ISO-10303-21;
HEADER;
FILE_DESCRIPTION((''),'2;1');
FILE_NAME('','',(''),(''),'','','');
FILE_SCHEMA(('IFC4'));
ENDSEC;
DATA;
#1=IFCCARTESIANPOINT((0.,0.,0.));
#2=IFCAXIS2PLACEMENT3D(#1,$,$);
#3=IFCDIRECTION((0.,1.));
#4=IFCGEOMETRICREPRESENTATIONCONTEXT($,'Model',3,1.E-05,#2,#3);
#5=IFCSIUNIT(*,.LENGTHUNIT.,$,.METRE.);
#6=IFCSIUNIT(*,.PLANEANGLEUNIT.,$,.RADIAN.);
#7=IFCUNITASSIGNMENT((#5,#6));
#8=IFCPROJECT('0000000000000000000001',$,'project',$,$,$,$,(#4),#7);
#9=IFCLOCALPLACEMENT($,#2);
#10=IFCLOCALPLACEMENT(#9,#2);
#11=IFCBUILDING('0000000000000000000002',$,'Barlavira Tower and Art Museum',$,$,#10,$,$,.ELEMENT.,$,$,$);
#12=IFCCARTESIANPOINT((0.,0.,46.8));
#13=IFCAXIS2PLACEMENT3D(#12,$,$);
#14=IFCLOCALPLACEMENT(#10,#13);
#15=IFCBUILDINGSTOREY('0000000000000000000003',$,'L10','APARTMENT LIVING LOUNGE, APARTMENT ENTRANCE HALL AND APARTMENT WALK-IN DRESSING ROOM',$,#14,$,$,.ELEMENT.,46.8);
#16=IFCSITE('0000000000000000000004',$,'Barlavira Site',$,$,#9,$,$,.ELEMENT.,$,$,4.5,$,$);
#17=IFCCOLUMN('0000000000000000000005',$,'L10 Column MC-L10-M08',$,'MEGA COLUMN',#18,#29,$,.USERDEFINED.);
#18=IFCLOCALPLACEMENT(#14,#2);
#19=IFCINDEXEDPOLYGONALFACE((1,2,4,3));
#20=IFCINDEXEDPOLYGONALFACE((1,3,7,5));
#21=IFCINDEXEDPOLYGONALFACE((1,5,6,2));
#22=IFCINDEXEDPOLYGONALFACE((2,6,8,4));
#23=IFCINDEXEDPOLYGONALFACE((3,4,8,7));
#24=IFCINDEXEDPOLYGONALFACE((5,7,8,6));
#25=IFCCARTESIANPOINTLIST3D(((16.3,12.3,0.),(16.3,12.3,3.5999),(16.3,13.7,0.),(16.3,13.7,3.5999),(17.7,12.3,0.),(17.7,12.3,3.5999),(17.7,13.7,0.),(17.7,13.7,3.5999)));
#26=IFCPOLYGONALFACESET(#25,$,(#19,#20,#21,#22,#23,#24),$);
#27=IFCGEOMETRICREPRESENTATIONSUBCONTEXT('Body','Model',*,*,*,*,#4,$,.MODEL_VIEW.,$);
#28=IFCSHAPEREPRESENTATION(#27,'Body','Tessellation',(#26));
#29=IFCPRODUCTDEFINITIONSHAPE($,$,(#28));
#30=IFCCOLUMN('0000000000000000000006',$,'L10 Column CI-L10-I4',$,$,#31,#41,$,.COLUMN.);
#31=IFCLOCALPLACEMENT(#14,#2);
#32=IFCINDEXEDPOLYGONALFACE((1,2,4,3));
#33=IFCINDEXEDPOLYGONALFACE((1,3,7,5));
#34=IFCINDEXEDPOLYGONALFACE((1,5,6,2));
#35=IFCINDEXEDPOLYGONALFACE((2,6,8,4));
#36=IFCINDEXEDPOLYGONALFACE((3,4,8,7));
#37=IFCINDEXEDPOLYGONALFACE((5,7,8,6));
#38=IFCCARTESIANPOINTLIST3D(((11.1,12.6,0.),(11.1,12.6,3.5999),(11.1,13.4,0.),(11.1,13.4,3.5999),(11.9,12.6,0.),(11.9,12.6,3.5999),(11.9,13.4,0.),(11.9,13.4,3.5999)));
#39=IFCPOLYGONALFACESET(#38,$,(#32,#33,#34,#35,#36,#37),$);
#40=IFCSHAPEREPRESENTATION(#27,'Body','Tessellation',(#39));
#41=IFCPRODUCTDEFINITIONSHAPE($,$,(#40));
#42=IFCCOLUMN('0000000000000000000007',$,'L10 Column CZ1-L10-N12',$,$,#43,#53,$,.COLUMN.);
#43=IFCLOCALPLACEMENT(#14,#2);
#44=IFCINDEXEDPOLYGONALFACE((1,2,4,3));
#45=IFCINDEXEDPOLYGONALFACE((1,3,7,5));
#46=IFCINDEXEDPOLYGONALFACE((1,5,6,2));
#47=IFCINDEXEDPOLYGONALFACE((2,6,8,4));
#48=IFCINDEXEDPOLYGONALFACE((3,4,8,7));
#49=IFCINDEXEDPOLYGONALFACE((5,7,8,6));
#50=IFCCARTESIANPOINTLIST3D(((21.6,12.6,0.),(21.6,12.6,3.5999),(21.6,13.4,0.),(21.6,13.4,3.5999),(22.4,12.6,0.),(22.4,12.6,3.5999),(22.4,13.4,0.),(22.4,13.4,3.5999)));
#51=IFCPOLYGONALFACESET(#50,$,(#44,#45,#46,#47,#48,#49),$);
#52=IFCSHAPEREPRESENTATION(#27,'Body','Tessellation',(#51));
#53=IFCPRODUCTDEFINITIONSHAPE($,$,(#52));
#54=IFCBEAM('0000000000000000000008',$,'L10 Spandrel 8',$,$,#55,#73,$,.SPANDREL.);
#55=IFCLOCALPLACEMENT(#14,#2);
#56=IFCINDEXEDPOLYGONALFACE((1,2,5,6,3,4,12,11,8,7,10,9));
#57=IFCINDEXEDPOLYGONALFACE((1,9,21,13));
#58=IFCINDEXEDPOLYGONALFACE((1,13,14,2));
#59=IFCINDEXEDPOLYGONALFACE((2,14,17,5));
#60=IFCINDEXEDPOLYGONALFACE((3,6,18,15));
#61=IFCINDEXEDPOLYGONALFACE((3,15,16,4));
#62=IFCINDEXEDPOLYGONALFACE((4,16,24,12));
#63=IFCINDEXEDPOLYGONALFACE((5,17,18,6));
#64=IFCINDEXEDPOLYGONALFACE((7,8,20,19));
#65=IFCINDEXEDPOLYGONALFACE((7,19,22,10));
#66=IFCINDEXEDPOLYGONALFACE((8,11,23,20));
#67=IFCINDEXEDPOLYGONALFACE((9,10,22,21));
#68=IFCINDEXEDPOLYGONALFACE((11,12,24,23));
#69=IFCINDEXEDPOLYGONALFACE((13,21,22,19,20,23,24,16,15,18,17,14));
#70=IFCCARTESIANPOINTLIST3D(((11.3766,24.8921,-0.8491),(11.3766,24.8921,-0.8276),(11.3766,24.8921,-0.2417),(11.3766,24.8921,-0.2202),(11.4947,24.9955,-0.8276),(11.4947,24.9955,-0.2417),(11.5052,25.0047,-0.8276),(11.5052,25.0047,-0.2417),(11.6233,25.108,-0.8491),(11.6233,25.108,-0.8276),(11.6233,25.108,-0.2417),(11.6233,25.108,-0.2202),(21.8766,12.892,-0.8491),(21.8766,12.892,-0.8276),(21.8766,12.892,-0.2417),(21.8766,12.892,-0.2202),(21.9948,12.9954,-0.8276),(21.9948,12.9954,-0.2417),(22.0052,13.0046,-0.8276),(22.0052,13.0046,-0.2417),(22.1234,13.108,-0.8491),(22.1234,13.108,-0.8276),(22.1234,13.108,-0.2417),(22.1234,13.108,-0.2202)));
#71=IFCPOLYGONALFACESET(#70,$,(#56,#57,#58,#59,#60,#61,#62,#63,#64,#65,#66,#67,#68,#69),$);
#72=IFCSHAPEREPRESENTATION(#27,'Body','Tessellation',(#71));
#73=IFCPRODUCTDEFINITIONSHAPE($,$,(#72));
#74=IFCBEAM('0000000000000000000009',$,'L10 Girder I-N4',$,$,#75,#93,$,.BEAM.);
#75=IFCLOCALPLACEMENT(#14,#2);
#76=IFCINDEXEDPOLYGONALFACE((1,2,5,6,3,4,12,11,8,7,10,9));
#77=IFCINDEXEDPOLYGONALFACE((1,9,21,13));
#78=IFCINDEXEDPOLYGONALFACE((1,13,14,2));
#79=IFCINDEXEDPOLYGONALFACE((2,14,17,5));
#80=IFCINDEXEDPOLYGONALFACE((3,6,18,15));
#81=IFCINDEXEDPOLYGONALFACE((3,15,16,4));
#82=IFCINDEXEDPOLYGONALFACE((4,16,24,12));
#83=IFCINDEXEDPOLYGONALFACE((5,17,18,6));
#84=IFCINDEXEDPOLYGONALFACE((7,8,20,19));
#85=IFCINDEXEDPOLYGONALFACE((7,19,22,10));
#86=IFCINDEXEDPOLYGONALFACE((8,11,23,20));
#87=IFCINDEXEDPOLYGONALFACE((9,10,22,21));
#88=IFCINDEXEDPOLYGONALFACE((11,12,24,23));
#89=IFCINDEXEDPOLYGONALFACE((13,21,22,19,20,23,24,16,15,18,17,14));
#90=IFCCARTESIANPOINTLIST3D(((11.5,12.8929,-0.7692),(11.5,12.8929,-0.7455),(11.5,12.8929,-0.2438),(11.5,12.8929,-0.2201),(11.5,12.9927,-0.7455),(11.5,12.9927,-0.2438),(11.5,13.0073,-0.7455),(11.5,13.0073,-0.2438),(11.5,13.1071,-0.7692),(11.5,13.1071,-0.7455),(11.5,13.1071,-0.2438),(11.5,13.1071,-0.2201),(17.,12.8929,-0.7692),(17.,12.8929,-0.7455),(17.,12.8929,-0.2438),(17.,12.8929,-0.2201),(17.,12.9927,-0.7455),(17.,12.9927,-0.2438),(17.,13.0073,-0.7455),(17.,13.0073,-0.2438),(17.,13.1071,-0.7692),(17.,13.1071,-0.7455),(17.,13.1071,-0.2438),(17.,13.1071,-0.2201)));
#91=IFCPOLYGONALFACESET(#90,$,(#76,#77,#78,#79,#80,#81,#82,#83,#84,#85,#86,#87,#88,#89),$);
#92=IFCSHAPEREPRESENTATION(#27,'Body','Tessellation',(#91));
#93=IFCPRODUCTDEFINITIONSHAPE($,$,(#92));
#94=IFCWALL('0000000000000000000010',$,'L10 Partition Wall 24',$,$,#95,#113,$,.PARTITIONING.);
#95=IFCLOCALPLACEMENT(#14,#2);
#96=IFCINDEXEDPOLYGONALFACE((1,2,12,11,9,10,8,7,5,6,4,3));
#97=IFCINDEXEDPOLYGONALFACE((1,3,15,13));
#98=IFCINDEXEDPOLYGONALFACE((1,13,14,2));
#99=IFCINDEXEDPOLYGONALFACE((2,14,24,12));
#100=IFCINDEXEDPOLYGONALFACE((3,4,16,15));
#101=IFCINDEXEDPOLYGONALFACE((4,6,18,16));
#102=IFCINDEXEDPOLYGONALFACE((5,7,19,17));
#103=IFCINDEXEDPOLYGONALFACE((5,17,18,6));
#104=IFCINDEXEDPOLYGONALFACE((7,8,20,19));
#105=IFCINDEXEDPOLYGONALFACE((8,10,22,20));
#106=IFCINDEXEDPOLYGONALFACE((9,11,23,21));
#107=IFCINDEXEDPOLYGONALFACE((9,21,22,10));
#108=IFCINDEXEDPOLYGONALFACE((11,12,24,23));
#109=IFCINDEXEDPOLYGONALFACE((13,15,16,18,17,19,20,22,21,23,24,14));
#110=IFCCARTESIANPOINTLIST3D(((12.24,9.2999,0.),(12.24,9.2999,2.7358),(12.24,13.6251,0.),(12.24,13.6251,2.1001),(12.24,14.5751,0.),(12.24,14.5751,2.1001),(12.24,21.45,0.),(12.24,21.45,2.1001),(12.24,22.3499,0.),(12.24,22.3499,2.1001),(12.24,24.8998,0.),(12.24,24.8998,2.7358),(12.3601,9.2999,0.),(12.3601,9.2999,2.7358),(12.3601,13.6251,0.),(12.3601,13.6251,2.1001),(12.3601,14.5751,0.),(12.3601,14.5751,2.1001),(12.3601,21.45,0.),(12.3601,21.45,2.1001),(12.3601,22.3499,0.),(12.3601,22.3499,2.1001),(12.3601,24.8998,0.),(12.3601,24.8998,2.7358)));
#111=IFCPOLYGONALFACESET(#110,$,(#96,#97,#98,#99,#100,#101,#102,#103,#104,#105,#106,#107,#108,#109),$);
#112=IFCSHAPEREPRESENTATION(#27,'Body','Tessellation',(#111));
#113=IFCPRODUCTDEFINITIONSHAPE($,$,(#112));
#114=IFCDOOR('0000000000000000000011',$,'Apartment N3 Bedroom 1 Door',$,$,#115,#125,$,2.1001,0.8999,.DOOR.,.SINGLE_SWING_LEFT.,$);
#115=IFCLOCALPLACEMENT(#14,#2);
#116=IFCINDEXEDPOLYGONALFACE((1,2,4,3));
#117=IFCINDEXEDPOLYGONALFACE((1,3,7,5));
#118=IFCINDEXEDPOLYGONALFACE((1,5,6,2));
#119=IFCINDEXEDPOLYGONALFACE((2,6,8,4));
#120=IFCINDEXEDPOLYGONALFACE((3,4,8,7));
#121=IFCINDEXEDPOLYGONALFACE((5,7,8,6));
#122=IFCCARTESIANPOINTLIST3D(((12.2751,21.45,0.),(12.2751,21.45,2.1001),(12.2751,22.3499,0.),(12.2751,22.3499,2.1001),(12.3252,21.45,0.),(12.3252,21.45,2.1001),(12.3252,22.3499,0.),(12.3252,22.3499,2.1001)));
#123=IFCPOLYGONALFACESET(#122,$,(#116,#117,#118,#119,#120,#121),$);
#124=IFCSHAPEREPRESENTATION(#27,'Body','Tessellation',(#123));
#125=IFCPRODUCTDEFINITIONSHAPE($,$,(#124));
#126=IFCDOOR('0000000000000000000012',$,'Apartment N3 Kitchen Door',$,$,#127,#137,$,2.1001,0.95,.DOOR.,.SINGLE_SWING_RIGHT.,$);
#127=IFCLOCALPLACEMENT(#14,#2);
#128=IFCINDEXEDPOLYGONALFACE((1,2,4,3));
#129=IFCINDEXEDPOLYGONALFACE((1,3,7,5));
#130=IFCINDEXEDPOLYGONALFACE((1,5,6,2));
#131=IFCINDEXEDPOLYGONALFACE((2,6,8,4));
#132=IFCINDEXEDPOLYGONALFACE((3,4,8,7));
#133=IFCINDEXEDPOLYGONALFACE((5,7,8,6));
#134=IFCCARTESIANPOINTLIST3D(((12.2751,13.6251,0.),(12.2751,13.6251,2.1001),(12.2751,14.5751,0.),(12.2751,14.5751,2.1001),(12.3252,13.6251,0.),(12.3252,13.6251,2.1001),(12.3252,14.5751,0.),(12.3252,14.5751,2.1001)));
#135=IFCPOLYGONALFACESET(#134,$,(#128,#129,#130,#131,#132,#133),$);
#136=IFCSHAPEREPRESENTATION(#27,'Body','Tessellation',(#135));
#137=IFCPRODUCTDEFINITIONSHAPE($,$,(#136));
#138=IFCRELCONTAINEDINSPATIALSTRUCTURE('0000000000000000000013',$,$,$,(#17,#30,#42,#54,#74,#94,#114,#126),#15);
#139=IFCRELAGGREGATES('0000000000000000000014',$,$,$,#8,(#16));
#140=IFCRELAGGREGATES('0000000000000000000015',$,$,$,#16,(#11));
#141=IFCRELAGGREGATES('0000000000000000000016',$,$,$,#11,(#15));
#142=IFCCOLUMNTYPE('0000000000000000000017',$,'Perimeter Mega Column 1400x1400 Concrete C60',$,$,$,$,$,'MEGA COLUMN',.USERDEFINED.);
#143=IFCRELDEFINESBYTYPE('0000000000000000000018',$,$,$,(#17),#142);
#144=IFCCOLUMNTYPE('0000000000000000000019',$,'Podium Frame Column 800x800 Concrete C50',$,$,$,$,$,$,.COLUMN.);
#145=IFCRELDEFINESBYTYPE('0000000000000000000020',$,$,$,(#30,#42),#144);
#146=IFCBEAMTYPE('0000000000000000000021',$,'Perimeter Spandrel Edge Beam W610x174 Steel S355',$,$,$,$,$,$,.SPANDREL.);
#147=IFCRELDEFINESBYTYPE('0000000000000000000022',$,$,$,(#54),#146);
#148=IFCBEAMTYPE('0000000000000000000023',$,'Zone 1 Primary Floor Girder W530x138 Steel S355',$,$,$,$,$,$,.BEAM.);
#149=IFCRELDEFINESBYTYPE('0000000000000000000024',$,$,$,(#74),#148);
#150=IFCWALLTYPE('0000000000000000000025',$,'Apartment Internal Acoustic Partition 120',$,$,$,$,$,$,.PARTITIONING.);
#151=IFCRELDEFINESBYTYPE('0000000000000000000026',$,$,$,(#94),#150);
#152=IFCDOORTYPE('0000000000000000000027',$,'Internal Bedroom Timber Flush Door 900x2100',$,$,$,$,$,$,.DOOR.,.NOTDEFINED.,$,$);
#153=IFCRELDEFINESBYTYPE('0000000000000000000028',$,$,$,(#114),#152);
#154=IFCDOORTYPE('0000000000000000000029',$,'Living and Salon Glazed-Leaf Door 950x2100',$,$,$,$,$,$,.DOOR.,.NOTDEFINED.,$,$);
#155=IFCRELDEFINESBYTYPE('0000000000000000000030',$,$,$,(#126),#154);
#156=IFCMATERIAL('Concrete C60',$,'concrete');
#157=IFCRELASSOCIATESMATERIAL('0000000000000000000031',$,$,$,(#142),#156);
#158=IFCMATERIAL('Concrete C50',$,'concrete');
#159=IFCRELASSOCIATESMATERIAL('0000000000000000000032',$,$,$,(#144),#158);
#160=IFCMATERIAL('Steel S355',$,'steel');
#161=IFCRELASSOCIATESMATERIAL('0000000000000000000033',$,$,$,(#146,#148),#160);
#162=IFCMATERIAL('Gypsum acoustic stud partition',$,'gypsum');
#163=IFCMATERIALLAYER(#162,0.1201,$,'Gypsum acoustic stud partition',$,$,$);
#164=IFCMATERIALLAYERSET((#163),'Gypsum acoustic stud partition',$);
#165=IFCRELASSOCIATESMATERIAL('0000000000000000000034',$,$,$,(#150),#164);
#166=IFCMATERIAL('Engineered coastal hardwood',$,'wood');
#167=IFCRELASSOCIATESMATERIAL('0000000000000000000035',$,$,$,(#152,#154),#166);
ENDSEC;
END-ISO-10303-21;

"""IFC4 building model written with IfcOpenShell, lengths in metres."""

from ifc_helpers import new_model, si_unit, direction, frame, frame_2d, origin, origin_2d, place, context, subcontext, project, spatial, rectangle, i_section, extrude, material, layer, layer_set, material_profile, profile_set, type_object, element, fill, save


model = new_model("IFC4")

# Units and contexts
model_context = context("Model", 3, precision=1e-05, world=origin(), true_north=direction((0.0, 1.0)))
body_context = subcontext(model_context, "Body", "Model", "MODEL_VIEW")
ifc_project = project(units=[si_unit("LENGTHUNIT", "METRE"), si_unit("PLANEANGLEUNIT", "RADIAN")], contexts=[model_context])

# Site, building, storey
site_placement = place(None, origin())
site = spatial("IfcSite", under=ifc_project, at=site_placement, Name="Barlavira Site", CompositionType="ELEMENT", RefElevation=4.5)
building_placement = place(site_placement, origin())
building = spatial("IfcBuilding", under=site, at=building_placement, Name="Barlavira Tower and Art Museum", CompositionType="ELEMENT")
storey_placement = place(building_placement, frame((0.0, 0.0, 46.8)))
storey = spatial("IfcBuildingStorey", under=building, at=storey_placement, Name="L10", Description="APARTMENT LIVING LOUNGE, APARTMENT ENTRANCE HALL AND APARTMENT WALK-IN DRESSING ROOM", CompositionType="ELEMENT", Elevation=46.8)

# Columns
ifc_material_1 = material(Name="Concrete C60", Category="concrete")
ifc_material_profile_1 = material_profile(ifc_material_1, rectangle(XDim=1.3999, YDim=1.3999, at=origin_2d()), Name="RC-MCOL 1400x1400")
ifc_profile_set_1 = profile_set([ifc_material_profile_1], Name="Concrete C60")
column_type_1 = type_object("IfcColumnType", Name="Perimeter Mega Column 1400x1400 Concrete C60", ElementType="MEGA COLUMN", PredefinedType="USERDEFINED", material=ifc_profile_set_1)
column_placement = place(storey_placement, frame((17.0, 13.0, 0.0), z_axis=(0.0, 0.0, 1.0), x_axis=(1.0, 0.0, 0.0)))
element("IfcColumn", 1, at=column_placement, inside=storey, type_object=column_type_1, Name="L10 Column MC-L10-M08", ObjectType="MEGA COLUMN", PredefinedType="USERDEFINED", context=body_context, shape_type="SweptSolid", body=[
    extrude(rectangle(XDim=1.3999, YDim=1.3999, at=origin_2d()), origin(), (0.0, 0.0, 1.0), 3.5999),
])
ifc_material_2 = material(Name="Concrete C50", Category="concrete")
ifc_material_profile_2 = material_profile(ifc_material_2, rectangle(XDim=0.8, YDim=0.8, at=origin_2d()), Name="RC-COL 800x800")
ifc_profile_set_2 = profile_set([ifc_material_profile_2], Name="Concrete C50")
column_type_2 = type_object("IfcColumnType", Name="Podium Frame Column 800x800 Concrete C50", PredefinedType="COLUMN", material=ifc_profile_set_2)
for number, where, z_axis, x_axis, name in (
    (2, (11.5, 13.0, 0.0), (0.0, 0.0, 1.0), (1.0, 0.0, 0.0), "L10 Column CI-L10-I4"),
    (3, (22.0, 13.0, 0.0), (0.0, 0.0, 1.0), (1.0, 0.0, 0.0), "L10 Column CZ1-L10-N12"),
):
    element("IfcColumn", number, at=place(storey_placement, frame(where, z_axis=z_axis, x_axis=x_axis)), inside=storey, type_object=column_type_2, Name=name, PredefinedType="COLUMN", context=body_context, shape_type="SweptSolid", body=[
        extrude(rectangle(XDim=0.8, YDim=0.8, at=origin_2d()), origin(), (0.0, 0.0, 1.0), 3.5999),
    ])

# Beams
ifc_material_3 = material(Name="Steel S355", Category="steel")
ifc_material_profile_3 = material_profile(ifc_material_3, i_section(OverallWidth=0.3279, OverallDepth=0.6289, WebThickness=0.0139, FlangeThickness=0.0215, at=origin_2d()), Name="W610x174.0")
ifc_profile_set_3 = profile_set([ifc_material_profile_3], Name="Steel S355")
beam_type_1 = type_object("IfcBeamType", Name="Perimeter Spandrel Edge Beam W610x174 Steel S355", PredefinedType="SPANDREL", material=ifc_profile_set_3)
beam_1_placement = place(storey_placement, frame((22.0, 13.0, -0.5347), z_axis=(-0.658505, 0.752577, 0.0), x_axis=(-0.752577, -0.658505, 0.0)))
element("IfcBeam", 4, at=beam_1_placement, inside=storey, type_object=beam_type_1, Name="L10 Spandrel 8", PredefinedType="SPANDREL", context=body_context, shape_type="SweptSolid", body=[
    extrude(i_section(OverallWidth=0.3279, OverallDepth=0.6289, WebThickness=0.0139, FlangeThickness=0.0215, at=origin_2d()), origin(), (0.0, 0.0, 1.0), 15.9453),
])
ifc_material_profile_4 = material_profile(ifc_material_3, i_section(OverallWidth=0.2141, OverallDepth=0.5491, WebThickness=0.0146, FlangeThickness=0.0237, at=origin_2d()), Name="W530x138.0")
ifc_profile_set_4 = profile_set([ifc_material_profile_4], Name="Steel S355")
beam_type_2 = type_object("IfcBeamType", Name="Zone 1 Primary Floor Girder W530x138 Steel S355", PredefinedType="BEAM", material=ifc_profile_set_4)
beam_2_placement = place(storey_placement, frame((11.5, 13.0, -0.4946), z_axis=(1.0, 0.0, 0.0), x_axis=(0.0, 1.0, 0.0)))
element("IfcBeam", 5, at=beam_2_placement, inside=storey, type_object=beam_type_2, Name="L10 Girder I-N4", PredefinedType="BEAM", context=body_context, shape_type="SweptSolid", body=[
    extrude(i_section(OverallWidth=0.2141, OverallDepth=0.5491, WebThickness=0.0146, FlangeThickness=0.0237, at=origin_2d()), origin(), (0.0, 0.0, 1.0), 5.5),
])

# Wall, openings, doors
ifc_material_4 = material(Name="Gypsum acoustic stud partition", Category="gypsum")
ifc_layer_1 = layer(ifc_material_4, 0.1201, Name="Gypsum acoustic stud partition")
ifc_layer_set_1 = layer_set([ifc_layer_1], Name="Gypsum acoustic stud partition")
wall_type_1 = type_object("IfcWallType", Name="Apartment Internal Acoustic Partition 120", PredefinedType="PARTITIONING", material=ifc_layer_set_1)
wall_1_placement = place(storey_placement, frame((12.3, 9.3, 0.0), z_axis=(0.0, 0.0, 1.0), x_axis=(0.0, 1.0, 0.0)))
wall_1 = element("IfcWall", 6, at=wall_1_placement, inside=storey, type_object=wall_type_1, Name="L10 Partition Wall 24", PredefinedType="PARTITIONING", context=body_context, shape_type="SweptSolid", body=[
    extrude(rectangle(XDim=15.5999, YDim=0.1201, at=frame_2d((7.7998, 0.0))), origin(), (0.0, 0.0, 1.0), 2.7358),
])
opening_1_placement = place(wall_1_placement, frame((4.325, 0.0, 0.0)))
opening_1 = element("IfcOpeningElement", 7, at=opening_1_placement, cuts=wall_1, PredefinedType="OPENING", context=body_context, shape_type="SweptSolid", body=[
    extrude(rectangle(XDim=0.95, YDim=2.1001, at=frame_2d((0.4751, 1.05))), frame((0.0, 0.0701, 0.0), z_axis=(0.0, -1.0, 0.0), x_axis=(1.0, 0.0, 0.0)), (0.0, 0.0, 1.0), 0.1401),
])
opening_2_placement = place(wall_1_placement, frame((12.1499, 0.0, 0.0)))
opening_2 = element("IfcOpeningElement", 8, at=opening_2_placement, cuts=wall_1, PredefinedType="OPENING", context=body_context, shape_type="SweptSolid", body=[
    extrude(rectangle(XDim=0.8999, YDim=2.1001, at=frame_2d((0.45, 1.05))), frame((0.0, 0.0701, 0.0), z_axis=(0.0, -1.0, 0.0), x_axis=(1.0, 0.0, 0.0)), (0.0, 0.0, 1.0), 0.1401),
])
ifc_material_5 = material(Name="Engineered coastal hardwood", Category="wood")
door_type_1 = type_object("IfcDoorType", Name="Internal Bedroom Timber Flush Door 900x2100", OperationType="NOTDEFINED", PredefinedType="DOOR", material=ifc_material_5)
door_1_placement = place(opening_2_placement, origin())
door_1 = element("IfcDoor", 9, at=door_1_placement, inside=storey, type_object=door_type_1, Name="Apartment N3 Bedroom 1 Door", OperationType="SINGLE_SWING_LEFT", OverallHeight=2.1001, OverallWidth=0.8999, PredefinedType="DOOR", context=body_context, shape_type="SweptSolid", body=[
    extrude(rectangle(XDim=0.8999, YDim=2.1001, at=frame_2d((0.45, 1.05))), frame((0.0, 0.0249, 0.0), z_axis=(0.0, -1.0, 0.0), x_axis=(1.0, 0.0, 0.0)), (0.0, 0.0, 1.0), 0.05),
])
fill(opening_2, door_1)
door_type_2 = type_object("IfcDoorType", Name="Living and Salon Glazed-Leaf Door 950x2100", OperationType="NOTDEFINED", PredefinedType="DOOR", material=ifc_material_5)
door_2_placement = place(opening_1_placement, origin())
door_2 = element("IfcDoor", 10, at=door_2_placement, inside=storey, type_object=door_type_2, Name="Apartment N3 Kitchen Door", OperationType="SINGLE_SWING_RIGHT", OverallHeight=2.1001, OverallWidth=0.95, PredefinedType="DOOR", context=body_context, shape_type="SweptSolid", body=[
    extrude(rectangle(XDim=0.95, YDim=2.1001, at=frame_2d((0.4751, 1.05))), frame((0.0, 0.0249, 0.0), z_axis=(0.0, -1.0, 0.0), x_axis=(1.0, 0.0, 0.0)), (0.0, 0.0, 1.0), 0.05),
])
fill(opening_1, door_2)

save(model, "model.ifc")
